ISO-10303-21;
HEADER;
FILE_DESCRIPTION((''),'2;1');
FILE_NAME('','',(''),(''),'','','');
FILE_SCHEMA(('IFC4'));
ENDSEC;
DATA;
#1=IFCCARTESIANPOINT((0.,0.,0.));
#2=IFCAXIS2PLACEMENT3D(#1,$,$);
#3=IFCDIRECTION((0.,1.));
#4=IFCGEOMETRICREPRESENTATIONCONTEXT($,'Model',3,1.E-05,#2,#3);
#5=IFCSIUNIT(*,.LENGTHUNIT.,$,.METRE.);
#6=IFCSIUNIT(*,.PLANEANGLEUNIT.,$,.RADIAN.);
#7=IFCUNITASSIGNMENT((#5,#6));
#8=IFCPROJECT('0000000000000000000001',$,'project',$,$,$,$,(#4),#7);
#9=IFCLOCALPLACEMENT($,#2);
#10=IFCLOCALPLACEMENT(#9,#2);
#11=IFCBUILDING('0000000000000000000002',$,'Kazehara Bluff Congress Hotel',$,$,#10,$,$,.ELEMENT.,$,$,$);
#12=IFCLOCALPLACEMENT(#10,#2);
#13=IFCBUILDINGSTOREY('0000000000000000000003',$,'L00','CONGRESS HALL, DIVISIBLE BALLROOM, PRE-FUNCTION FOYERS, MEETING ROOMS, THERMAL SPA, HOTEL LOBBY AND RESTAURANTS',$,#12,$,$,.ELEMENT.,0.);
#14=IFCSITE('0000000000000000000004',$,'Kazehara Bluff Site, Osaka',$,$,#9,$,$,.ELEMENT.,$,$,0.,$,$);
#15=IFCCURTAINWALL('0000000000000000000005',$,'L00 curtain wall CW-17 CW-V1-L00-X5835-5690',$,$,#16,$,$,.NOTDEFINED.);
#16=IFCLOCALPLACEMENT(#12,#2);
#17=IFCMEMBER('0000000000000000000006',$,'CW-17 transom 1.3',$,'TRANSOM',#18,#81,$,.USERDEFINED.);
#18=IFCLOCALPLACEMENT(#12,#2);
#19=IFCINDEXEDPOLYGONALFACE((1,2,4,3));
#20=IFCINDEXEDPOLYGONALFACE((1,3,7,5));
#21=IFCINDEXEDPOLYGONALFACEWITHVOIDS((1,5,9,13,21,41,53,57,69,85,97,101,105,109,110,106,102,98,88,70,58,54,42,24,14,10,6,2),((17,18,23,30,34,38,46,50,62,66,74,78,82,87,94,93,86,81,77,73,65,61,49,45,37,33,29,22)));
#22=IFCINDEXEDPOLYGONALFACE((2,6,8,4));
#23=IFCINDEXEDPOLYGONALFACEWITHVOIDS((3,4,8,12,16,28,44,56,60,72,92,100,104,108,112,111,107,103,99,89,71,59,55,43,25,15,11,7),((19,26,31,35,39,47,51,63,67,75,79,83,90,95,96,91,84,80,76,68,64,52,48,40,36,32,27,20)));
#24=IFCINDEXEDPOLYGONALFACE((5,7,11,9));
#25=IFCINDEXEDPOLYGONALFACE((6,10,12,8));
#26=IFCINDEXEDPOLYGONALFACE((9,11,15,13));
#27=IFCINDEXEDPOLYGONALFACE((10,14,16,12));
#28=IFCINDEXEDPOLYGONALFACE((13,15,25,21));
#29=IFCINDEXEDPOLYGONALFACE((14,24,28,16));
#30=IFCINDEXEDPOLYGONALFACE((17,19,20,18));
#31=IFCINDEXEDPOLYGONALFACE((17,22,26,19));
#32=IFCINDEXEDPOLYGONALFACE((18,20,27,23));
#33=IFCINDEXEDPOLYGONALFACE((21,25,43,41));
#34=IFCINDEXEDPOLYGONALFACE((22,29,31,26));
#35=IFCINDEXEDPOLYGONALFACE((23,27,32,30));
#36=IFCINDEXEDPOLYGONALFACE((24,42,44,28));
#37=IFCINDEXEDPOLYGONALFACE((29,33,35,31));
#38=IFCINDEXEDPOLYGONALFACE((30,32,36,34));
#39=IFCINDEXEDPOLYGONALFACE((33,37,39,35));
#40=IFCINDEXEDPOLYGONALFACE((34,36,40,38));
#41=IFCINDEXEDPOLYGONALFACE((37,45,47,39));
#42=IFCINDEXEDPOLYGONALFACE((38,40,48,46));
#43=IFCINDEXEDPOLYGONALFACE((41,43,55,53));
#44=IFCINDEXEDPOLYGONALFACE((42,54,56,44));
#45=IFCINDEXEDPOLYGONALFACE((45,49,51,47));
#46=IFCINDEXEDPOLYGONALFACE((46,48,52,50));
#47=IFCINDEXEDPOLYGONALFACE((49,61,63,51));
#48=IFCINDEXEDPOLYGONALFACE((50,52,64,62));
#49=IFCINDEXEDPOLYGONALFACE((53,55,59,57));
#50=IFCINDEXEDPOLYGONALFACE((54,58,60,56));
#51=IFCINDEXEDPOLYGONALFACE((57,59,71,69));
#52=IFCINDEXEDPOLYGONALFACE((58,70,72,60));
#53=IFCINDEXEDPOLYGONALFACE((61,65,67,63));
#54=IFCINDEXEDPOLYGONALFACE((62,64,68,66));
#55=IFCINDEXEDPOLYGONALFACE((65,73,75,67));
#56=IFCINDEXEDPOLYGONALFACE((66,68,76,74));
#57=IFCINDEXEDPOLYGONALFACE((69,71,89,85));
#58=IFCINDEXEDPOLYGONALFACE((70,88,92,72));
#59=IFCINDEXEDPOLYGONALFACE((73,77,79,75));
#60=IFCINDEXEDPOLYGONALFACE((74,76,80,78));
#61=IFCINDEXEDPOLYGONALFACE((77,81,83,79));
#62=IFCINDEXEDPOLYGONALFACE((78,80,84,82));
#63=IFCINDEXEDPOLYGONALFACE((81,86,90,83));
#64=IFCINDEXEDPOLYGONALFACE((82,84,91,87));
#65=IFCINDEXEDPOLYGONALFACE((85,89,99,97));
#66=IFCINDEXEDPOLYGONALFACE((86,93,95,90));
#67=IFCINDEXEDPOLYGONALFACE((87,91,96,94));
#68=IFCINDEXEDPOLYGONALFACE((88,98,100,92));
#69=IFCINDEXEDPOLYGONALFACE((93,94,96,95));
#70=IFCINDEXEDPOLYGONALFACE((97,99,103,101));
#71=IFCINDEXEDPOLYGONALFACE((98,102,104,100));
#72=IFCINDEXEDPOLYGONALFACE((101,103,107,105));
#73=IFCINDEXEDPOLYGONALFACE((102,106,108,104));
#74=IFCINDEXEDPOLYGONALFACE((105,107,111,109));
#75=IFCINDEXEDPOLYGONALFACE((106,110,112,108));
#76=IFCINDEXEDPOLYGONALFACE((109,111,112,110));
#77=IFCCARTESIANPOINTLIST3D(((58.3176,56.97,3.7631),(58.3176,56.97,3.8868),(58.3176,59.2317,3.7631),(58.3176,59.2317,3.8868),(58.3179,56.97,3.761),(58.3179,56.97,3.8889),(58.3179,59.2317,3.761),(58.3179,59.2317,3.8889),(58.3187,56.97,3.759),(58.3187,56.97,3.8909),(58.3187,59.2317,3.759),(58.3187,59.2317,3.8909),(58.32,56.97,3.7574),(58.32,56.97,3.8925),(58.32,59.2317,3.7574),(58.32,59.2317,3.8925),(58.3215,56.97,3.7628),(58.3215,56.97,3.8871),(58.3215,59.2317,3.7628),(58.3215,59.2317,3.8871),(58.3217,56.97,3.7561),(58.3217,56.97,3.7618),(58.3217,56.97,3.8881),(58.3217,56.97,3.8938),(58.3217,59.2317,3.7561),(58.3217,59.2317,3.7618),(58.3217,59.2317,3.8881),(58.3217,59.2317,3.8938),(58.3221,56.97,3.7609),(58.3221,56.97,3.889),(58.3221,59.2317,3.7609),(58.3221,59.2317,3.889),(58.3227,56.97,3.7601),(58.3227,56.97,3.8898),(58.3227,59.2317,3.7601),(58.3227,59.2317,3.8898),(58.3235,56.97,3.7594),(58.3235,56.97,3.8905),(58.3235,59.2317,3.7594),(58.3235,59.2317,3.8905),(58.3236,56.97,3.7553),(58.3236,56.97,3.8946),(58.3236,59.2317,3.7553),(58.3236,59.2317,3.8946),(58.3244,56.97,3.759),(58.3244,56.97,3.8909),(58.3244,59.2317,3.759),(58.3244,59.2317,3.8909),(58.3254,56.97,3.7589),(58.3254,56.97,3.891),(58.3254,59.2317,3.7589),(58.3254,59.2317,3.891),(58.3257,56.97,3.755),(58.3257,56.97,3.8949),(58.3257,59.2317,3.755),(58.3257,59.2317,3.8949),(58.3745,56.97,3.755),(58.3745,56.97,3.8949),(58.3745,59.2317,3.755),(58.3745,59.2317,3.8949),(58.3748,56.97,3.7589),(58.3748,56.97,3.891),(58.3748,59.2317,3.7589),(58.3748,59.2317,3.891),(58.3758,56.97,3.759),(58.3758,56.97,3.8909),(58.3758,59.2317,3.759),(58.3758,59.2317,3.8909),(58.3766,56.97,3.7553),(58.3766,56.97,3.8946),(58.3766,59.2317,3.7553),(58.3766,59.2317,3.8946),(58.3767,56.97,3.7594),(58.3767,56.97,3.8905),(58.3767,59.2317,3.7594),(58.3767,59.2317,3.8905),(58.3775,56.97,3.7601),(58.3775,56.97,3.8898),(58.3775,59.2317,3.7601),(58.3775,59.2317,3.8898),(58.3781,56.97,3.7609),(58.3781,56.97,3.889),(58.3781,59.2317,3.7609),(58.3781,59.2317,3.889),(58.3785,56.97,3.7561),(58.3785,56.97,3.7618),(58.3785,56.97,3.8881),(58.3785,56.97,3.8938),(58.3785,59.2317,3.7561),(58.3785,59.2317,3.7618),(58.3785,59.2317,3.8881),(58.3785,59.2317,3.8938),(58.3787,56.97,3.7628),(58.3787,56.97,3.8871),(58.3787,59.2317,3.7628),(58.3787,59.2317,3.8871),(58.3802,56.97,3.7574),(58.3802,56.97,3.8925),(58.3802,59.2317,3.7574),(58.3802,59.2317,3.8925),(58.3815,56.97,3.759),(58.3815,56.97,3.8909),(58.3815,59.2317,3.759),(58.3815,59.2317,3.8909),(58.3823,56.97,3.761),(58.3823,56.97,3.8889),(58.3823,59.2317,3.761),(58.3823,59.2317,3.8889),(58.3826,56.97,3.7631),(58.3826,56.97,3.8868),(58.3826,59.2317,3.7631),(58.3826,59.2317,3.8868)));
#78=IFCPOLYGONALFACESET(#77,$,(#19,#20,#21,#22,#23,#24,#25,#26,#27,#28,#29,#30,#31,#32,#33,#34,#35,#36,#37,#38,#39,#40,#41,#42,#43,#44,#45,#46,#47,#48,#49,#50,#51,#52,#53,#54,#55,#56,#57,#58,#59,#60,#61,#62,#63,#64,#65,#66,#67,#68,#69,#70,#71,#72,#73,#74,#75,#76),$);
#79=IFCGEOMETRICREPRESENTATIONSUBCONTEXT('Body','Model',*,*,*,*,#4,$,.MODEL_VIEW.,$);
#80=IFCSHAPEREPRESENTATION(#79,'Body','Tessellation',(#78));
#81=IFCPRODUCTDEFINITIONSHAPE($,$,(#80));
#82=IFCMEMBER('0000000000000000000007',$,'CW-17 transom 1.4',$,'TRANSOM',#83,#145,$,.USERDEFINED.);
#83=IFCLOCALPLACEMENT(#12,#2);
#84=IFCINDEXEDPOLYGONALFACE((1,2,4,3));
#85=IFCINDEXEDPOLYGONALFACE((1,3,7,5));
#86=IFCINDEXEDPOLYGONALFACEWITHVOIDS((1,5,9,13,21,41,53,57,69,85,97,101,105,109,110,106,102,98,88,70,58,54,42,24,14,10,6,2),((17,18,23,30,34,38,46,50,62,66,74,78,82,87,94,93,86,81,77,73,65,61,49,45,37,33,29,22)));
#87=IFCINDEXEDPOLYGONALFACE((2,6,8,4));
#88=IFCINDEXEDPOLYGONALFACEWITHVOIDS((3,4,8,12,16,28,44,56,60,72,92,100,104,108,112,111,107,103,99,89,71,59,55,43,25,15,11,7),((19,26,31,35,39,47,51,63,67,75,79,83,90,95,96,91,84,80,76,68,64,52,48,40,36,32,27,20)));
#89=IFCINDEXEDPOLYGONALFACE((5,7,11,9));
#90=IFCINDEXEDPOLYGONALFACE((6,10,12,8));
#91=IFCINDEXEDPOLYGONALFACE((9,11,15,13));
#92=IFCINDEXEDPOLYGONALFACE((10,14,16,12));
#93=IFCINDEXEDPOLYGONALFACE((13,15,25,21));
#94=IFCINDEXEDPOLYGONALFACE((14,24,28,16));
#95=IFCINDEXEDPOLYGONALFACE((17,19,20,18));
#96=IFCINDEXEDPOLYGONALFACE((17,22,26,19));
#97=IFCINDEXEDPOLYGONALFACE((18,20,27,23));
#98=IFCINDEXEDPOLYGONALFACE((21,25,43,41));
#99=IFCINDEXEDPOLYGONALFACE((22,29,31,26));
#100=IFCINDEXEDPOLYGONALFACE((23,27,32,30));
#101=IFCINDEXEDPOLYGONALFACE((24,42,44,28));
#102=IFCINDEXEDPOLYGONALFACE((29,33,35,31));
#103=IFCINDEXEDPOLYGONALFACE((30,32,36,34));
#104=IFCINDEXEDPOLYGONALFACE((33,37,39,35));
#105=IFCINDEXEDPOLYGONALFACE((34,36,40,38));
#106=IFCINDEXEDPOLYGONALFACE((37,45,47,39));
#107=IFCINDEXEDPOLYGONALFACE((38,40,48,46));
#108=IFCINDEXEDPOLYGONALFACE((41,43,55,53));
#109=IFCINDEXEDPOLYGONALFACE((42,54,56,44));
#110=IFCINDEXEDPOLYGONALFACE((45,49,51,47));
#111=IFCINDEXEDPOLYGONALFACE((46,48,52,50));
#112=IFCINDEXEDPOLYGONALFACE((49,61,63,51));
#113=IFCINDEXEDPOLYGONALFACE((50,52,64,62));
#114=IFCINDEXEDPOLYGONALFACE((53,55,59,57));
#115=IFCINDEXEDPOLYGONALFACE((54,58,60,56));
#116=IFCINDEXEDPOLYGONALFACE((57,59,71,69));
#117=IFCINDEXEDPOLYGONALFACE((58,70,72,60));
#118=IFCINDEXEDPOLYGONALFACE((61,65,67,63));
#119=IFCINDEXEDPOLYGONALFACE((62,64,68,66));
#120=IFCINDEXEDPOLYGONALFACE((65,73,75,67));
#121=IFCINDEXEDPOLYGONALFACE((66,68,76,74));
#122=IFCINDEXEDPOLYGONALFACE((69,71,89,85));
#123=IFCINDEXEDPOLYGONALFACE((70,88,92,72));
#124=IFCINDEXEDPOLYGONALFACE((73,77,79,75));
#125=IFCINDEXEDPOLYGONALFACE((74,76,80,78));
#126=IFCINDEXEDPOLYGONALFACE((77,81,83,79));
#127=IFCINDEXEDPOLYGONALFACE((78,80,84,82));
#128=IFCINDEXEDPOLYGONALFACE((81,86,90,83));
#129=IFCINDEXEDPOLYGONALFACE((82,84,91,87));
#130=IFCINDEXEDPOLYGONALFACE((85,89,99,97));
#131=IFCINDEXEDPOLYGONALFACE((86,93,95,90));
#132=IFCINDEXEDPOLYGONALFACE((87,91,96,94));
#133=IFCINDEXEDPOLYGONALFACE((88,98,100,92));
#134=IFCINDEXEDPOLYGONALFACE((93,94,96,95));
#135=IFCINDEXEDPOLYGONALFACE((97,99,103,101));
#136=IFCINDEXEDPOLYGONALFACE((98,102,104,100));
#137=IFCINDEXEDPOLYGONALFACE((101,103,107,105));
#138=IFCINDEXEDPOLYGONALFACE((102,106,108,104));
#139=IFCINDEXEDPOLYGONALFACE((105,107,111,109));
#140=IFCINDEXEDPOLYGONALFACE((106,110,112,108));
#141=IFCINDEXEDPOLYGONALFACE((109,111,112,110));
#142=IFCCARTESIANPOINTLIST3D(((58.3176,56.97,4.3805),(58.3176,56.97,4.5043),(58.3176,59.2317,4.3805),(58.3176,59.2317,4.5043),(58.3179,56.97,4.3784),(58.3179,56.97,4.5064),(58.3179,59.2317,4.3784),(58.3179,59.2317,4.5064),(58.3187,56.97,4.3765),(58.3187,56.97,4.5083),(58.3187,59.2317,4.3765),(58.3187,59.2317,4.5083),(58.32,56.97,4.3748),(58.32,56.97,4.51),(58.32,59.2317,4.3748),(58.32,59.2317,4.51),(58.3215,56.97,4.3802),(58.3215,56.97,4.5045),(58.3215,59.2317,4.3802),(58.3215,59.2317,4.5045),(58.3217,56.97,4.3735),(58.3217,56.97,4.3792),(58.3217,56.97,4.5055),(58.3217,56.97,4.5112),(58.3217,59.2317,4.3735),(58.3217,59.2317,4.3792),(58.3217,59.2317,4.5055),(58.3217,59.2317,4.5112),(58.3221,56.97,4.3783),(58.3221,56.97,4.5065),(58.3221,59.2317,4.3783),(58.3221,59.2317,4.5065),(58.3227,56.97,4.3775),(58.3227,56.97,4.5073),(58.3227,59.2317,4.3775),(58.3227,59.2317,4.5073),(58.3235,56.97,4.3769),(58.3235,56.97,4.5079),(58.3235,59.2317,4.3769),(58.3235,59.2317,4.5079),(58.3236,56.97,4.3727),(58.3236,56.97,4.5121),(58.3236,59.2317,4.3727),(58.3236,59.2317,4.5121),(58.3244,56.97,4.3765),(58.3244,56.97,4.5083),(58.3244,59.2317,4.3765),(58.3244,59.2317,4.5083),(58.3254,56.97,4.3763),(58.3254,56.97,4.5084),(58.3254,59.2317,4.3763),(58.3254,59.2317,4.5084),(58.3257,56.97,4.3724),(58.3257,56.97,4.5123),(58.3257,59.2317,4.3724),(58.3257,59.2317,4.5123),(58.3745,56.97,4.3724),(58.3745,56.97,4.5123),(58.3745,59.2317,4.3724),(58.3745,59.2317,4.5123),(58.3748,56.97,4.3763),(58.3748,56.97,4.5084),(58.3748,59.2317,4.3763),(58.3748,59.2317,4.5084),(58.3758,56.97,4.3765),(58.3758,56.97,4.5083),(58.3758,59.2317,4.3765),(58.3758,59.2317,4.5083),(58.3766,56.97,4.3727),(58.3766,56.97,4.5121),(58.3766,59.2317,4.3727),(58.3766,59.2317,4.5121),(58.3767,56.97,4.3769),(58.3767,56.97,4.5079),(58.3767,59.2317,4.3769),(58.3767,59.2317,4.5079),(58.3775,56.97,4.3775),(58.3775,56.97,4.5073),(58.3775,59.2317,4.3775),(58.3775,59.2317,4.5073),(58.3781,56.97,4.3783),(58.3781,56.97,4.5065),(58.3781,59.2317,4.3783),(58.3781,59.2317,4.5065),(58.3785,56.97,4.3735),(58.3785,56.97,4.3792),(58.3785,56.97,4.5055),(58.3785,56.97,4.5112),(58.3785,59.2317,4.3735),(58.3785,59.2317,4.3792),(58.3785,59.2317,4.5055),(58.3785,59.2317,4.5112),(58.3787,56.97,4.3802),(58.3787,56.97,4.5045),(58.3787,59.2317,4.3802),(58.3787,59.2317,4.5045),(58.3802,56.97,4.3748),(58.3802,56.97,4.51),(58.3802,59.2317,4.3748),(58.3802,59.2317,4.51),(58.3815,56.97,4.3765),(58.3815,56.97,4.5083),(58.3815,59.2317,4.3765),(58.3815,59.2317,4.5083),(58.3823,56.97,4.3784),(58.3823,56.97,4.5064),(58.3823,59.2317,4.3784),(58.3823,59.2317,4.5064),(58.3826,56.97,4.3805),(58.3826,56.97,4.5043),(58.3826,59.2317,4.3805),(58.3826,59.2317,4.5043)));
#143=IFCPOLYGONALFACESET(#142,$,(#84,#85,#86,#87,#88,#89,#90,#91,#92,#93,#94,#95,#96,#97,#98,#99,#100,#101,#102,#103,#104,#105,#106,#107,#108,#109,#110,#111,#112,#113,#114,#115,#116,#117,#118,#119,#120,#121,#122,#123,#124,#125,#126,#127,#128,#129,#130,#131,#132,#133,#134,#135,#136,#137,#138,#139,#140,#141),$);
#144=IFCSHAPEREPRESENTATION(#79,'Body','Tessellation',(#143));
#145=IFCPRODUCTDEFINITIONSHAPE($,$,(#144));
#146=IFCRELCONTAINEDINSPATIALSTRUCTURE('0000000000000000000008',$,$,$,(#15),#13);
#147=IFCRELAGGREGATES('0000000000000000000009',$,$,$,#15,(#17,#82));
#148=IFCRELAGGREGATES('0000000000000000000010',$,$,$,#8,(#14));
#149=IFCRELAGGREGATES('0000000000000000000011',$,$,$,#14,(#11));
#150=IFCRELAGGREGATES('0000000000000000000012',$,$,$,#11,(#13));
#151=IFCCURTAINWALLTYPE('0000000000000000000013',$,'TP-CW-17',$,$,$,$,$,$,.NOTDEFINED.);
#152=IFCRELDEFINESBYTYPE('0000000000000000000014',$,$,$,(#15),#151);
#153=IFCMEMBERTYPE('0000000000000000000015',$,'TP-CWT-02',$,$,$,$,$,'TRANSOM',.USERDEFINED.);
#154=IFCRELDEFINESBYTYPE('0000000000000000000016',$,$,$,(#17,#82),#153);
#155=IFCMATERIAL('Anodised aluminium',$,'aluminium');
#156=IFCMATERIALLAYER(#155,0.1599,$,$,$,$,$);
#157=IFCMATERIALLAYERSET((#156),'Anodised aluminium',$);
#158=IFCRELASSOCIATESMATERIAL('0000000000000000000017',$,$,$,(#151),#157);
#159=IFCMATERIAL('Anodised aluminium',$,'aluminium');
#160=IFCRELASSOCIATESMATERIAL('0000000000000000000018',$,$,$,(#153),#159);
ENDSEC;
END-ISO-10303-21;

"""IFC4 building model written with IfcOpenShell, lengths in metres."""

from ifc_helpers import new_model, si_unit, direction, frame, origin, origin_2d, place, context, subcontext, project, spatial, hollow_rectangle, extrude, material, layer, layer_set, material_profile, profile_set, type_object, element, aggregate, save


model = new_model("IFC4")

# Units and contexts
model_context = context("Model", 3, precision=1e-05, world=origin(), true_north=direction((0.0, 1.0)))
body_context = subcontext(model_context, "Body", "Model", "MODEL_VIEW")
ifc_project = project(units=[si_unit("LENGTHUNIT", "METRE"), si_unit("PLANEANGLEUNIT", "RADIAN")], contexts=[model_context])

# Site, building, storey
site_placement = place(None, origin())
site = spatial("IfcSite", under=ifc_project, at=site_placement, Name="Kazehara Bluff Site, Osaka", CompositionType="ELEMENT", RefElevation=0.0)
building_placement = place(site_placement, origin())
building = spatial("IfcBuilding", under=site, at=building_placement, Name="Kazehara Bluff Congress Hotel", CompositionType="ELEMENT")
storey_placement = place(building_placement, origin())
storey = spatial("IfcBuildingStorey", under=building, at=storey_placement, Name="L00", Description="CONGRESS HALL, DIVISIBLE BALLROOM, PRE-FUNCTION FOYERS, MEETING ROOMS, THERMAL SPA, HOTEL LOBBY AND RESTAURANTS", CompositionType="ELEMENT", Elevation=0.0)

# Curtain wall
ifc_material_1 = material(Name="Anodised aluminium", Category="aluminium")
ifc_layer_1 = layer(ifc_material_1, 0.1599)
ifc_layer_set_1 = layer_set([ifc_layer_1], Name="Anodised aluminium")
curtain_wall_type_1 = type_object("IfcCurtainWallType", Name="TP-CW-17", PredefinedType="NOTDEFINED", material=ifc_layer_set_1)
curtain_wall_1_placement = place(storey_placement, origin())
curtain_wall_1 = element("IfcCurtainWall", 1, at=curtain_wall_1_placement, inside=storey, type_object=curtain_wall_type_1, Name="L00 curtain wall CW-17 CW-V1-L00-X5835-5690", PredefinedType="NOTDEFINED")

# Members
ifc_material_2 = material(Name="Anodised aluminium", Category="aluminium")
ifc_material_profile_1 = material_profile(ifc_material_2, hollow_rectangle(XDim=0.0649, YDim=0.1399, WallThickness=0.0039, InnerFilletRadius=0.0039, OuterFilletRadius=0.0081, at=origin_2d()))
ifc_profile_set_1 = profile_set([ifc_material_profile_1], Name="Anodised aluminium")
member_type_1 = type_object("IfcMemberType", Name="TP-CWT-02", ElementType="TRANSOM", PredefinedType="USERDEFINED", material=ifc_profile_set_1)
member_1_placement = place(storey_placement, frame((58.3501, 56.97, 3.825), z_axis=(0.0, 1.0, 0.0), x_axis=(-1.0, 0.0, 0.0)))
member_1 = element("IfcMember", 2, at=member_1_placement, type_object=member_type_1, Name="CW-17 transom 1.3", ObjectType="TRANSOM", PredefinedType="USERDEFINED", context=body_context, shape_type="SweptSolid", body=[
    extrude(hollow_rectangle(XDim=0.0649, YDim=0.1399, WallThickness=0.0039, InnerFilletRadius=0.0039, OuterFilletRadius=0.0081, at=origin_2d()), origin(), (0.0, 0.0, 1.0), 2.2617),
])
member_2_placement = place(storey_placement, frame((58.3501, 56.97, 4.4424), z_axis=(0.0, 1.0, 0.0), x_axis=(-1.0, 0.0, 0.0)))
member_2 = element("IfcMember", 3, at=member_2_placement, type_object=member_type_1, Name="CW-17 transom 1.4", ObjectType="TRANSOM", PredefinedType="USERDEFINED", context=body_context, shape_type="SweptSolid", body=[
    extrude(hollow_rectangle(XDim=0.0649, YDim=0.1399, WallThickness=0.0039, InnerFilletRadius=0.0039, OuterFilletRadius=0.0081, at=origin_2d()), origin(), (0.0, 0.0, 1.0), 2.2617),
])

aggregate(curtain_wall_1, [member_1, member_2])

save(model, "model.ifc")
